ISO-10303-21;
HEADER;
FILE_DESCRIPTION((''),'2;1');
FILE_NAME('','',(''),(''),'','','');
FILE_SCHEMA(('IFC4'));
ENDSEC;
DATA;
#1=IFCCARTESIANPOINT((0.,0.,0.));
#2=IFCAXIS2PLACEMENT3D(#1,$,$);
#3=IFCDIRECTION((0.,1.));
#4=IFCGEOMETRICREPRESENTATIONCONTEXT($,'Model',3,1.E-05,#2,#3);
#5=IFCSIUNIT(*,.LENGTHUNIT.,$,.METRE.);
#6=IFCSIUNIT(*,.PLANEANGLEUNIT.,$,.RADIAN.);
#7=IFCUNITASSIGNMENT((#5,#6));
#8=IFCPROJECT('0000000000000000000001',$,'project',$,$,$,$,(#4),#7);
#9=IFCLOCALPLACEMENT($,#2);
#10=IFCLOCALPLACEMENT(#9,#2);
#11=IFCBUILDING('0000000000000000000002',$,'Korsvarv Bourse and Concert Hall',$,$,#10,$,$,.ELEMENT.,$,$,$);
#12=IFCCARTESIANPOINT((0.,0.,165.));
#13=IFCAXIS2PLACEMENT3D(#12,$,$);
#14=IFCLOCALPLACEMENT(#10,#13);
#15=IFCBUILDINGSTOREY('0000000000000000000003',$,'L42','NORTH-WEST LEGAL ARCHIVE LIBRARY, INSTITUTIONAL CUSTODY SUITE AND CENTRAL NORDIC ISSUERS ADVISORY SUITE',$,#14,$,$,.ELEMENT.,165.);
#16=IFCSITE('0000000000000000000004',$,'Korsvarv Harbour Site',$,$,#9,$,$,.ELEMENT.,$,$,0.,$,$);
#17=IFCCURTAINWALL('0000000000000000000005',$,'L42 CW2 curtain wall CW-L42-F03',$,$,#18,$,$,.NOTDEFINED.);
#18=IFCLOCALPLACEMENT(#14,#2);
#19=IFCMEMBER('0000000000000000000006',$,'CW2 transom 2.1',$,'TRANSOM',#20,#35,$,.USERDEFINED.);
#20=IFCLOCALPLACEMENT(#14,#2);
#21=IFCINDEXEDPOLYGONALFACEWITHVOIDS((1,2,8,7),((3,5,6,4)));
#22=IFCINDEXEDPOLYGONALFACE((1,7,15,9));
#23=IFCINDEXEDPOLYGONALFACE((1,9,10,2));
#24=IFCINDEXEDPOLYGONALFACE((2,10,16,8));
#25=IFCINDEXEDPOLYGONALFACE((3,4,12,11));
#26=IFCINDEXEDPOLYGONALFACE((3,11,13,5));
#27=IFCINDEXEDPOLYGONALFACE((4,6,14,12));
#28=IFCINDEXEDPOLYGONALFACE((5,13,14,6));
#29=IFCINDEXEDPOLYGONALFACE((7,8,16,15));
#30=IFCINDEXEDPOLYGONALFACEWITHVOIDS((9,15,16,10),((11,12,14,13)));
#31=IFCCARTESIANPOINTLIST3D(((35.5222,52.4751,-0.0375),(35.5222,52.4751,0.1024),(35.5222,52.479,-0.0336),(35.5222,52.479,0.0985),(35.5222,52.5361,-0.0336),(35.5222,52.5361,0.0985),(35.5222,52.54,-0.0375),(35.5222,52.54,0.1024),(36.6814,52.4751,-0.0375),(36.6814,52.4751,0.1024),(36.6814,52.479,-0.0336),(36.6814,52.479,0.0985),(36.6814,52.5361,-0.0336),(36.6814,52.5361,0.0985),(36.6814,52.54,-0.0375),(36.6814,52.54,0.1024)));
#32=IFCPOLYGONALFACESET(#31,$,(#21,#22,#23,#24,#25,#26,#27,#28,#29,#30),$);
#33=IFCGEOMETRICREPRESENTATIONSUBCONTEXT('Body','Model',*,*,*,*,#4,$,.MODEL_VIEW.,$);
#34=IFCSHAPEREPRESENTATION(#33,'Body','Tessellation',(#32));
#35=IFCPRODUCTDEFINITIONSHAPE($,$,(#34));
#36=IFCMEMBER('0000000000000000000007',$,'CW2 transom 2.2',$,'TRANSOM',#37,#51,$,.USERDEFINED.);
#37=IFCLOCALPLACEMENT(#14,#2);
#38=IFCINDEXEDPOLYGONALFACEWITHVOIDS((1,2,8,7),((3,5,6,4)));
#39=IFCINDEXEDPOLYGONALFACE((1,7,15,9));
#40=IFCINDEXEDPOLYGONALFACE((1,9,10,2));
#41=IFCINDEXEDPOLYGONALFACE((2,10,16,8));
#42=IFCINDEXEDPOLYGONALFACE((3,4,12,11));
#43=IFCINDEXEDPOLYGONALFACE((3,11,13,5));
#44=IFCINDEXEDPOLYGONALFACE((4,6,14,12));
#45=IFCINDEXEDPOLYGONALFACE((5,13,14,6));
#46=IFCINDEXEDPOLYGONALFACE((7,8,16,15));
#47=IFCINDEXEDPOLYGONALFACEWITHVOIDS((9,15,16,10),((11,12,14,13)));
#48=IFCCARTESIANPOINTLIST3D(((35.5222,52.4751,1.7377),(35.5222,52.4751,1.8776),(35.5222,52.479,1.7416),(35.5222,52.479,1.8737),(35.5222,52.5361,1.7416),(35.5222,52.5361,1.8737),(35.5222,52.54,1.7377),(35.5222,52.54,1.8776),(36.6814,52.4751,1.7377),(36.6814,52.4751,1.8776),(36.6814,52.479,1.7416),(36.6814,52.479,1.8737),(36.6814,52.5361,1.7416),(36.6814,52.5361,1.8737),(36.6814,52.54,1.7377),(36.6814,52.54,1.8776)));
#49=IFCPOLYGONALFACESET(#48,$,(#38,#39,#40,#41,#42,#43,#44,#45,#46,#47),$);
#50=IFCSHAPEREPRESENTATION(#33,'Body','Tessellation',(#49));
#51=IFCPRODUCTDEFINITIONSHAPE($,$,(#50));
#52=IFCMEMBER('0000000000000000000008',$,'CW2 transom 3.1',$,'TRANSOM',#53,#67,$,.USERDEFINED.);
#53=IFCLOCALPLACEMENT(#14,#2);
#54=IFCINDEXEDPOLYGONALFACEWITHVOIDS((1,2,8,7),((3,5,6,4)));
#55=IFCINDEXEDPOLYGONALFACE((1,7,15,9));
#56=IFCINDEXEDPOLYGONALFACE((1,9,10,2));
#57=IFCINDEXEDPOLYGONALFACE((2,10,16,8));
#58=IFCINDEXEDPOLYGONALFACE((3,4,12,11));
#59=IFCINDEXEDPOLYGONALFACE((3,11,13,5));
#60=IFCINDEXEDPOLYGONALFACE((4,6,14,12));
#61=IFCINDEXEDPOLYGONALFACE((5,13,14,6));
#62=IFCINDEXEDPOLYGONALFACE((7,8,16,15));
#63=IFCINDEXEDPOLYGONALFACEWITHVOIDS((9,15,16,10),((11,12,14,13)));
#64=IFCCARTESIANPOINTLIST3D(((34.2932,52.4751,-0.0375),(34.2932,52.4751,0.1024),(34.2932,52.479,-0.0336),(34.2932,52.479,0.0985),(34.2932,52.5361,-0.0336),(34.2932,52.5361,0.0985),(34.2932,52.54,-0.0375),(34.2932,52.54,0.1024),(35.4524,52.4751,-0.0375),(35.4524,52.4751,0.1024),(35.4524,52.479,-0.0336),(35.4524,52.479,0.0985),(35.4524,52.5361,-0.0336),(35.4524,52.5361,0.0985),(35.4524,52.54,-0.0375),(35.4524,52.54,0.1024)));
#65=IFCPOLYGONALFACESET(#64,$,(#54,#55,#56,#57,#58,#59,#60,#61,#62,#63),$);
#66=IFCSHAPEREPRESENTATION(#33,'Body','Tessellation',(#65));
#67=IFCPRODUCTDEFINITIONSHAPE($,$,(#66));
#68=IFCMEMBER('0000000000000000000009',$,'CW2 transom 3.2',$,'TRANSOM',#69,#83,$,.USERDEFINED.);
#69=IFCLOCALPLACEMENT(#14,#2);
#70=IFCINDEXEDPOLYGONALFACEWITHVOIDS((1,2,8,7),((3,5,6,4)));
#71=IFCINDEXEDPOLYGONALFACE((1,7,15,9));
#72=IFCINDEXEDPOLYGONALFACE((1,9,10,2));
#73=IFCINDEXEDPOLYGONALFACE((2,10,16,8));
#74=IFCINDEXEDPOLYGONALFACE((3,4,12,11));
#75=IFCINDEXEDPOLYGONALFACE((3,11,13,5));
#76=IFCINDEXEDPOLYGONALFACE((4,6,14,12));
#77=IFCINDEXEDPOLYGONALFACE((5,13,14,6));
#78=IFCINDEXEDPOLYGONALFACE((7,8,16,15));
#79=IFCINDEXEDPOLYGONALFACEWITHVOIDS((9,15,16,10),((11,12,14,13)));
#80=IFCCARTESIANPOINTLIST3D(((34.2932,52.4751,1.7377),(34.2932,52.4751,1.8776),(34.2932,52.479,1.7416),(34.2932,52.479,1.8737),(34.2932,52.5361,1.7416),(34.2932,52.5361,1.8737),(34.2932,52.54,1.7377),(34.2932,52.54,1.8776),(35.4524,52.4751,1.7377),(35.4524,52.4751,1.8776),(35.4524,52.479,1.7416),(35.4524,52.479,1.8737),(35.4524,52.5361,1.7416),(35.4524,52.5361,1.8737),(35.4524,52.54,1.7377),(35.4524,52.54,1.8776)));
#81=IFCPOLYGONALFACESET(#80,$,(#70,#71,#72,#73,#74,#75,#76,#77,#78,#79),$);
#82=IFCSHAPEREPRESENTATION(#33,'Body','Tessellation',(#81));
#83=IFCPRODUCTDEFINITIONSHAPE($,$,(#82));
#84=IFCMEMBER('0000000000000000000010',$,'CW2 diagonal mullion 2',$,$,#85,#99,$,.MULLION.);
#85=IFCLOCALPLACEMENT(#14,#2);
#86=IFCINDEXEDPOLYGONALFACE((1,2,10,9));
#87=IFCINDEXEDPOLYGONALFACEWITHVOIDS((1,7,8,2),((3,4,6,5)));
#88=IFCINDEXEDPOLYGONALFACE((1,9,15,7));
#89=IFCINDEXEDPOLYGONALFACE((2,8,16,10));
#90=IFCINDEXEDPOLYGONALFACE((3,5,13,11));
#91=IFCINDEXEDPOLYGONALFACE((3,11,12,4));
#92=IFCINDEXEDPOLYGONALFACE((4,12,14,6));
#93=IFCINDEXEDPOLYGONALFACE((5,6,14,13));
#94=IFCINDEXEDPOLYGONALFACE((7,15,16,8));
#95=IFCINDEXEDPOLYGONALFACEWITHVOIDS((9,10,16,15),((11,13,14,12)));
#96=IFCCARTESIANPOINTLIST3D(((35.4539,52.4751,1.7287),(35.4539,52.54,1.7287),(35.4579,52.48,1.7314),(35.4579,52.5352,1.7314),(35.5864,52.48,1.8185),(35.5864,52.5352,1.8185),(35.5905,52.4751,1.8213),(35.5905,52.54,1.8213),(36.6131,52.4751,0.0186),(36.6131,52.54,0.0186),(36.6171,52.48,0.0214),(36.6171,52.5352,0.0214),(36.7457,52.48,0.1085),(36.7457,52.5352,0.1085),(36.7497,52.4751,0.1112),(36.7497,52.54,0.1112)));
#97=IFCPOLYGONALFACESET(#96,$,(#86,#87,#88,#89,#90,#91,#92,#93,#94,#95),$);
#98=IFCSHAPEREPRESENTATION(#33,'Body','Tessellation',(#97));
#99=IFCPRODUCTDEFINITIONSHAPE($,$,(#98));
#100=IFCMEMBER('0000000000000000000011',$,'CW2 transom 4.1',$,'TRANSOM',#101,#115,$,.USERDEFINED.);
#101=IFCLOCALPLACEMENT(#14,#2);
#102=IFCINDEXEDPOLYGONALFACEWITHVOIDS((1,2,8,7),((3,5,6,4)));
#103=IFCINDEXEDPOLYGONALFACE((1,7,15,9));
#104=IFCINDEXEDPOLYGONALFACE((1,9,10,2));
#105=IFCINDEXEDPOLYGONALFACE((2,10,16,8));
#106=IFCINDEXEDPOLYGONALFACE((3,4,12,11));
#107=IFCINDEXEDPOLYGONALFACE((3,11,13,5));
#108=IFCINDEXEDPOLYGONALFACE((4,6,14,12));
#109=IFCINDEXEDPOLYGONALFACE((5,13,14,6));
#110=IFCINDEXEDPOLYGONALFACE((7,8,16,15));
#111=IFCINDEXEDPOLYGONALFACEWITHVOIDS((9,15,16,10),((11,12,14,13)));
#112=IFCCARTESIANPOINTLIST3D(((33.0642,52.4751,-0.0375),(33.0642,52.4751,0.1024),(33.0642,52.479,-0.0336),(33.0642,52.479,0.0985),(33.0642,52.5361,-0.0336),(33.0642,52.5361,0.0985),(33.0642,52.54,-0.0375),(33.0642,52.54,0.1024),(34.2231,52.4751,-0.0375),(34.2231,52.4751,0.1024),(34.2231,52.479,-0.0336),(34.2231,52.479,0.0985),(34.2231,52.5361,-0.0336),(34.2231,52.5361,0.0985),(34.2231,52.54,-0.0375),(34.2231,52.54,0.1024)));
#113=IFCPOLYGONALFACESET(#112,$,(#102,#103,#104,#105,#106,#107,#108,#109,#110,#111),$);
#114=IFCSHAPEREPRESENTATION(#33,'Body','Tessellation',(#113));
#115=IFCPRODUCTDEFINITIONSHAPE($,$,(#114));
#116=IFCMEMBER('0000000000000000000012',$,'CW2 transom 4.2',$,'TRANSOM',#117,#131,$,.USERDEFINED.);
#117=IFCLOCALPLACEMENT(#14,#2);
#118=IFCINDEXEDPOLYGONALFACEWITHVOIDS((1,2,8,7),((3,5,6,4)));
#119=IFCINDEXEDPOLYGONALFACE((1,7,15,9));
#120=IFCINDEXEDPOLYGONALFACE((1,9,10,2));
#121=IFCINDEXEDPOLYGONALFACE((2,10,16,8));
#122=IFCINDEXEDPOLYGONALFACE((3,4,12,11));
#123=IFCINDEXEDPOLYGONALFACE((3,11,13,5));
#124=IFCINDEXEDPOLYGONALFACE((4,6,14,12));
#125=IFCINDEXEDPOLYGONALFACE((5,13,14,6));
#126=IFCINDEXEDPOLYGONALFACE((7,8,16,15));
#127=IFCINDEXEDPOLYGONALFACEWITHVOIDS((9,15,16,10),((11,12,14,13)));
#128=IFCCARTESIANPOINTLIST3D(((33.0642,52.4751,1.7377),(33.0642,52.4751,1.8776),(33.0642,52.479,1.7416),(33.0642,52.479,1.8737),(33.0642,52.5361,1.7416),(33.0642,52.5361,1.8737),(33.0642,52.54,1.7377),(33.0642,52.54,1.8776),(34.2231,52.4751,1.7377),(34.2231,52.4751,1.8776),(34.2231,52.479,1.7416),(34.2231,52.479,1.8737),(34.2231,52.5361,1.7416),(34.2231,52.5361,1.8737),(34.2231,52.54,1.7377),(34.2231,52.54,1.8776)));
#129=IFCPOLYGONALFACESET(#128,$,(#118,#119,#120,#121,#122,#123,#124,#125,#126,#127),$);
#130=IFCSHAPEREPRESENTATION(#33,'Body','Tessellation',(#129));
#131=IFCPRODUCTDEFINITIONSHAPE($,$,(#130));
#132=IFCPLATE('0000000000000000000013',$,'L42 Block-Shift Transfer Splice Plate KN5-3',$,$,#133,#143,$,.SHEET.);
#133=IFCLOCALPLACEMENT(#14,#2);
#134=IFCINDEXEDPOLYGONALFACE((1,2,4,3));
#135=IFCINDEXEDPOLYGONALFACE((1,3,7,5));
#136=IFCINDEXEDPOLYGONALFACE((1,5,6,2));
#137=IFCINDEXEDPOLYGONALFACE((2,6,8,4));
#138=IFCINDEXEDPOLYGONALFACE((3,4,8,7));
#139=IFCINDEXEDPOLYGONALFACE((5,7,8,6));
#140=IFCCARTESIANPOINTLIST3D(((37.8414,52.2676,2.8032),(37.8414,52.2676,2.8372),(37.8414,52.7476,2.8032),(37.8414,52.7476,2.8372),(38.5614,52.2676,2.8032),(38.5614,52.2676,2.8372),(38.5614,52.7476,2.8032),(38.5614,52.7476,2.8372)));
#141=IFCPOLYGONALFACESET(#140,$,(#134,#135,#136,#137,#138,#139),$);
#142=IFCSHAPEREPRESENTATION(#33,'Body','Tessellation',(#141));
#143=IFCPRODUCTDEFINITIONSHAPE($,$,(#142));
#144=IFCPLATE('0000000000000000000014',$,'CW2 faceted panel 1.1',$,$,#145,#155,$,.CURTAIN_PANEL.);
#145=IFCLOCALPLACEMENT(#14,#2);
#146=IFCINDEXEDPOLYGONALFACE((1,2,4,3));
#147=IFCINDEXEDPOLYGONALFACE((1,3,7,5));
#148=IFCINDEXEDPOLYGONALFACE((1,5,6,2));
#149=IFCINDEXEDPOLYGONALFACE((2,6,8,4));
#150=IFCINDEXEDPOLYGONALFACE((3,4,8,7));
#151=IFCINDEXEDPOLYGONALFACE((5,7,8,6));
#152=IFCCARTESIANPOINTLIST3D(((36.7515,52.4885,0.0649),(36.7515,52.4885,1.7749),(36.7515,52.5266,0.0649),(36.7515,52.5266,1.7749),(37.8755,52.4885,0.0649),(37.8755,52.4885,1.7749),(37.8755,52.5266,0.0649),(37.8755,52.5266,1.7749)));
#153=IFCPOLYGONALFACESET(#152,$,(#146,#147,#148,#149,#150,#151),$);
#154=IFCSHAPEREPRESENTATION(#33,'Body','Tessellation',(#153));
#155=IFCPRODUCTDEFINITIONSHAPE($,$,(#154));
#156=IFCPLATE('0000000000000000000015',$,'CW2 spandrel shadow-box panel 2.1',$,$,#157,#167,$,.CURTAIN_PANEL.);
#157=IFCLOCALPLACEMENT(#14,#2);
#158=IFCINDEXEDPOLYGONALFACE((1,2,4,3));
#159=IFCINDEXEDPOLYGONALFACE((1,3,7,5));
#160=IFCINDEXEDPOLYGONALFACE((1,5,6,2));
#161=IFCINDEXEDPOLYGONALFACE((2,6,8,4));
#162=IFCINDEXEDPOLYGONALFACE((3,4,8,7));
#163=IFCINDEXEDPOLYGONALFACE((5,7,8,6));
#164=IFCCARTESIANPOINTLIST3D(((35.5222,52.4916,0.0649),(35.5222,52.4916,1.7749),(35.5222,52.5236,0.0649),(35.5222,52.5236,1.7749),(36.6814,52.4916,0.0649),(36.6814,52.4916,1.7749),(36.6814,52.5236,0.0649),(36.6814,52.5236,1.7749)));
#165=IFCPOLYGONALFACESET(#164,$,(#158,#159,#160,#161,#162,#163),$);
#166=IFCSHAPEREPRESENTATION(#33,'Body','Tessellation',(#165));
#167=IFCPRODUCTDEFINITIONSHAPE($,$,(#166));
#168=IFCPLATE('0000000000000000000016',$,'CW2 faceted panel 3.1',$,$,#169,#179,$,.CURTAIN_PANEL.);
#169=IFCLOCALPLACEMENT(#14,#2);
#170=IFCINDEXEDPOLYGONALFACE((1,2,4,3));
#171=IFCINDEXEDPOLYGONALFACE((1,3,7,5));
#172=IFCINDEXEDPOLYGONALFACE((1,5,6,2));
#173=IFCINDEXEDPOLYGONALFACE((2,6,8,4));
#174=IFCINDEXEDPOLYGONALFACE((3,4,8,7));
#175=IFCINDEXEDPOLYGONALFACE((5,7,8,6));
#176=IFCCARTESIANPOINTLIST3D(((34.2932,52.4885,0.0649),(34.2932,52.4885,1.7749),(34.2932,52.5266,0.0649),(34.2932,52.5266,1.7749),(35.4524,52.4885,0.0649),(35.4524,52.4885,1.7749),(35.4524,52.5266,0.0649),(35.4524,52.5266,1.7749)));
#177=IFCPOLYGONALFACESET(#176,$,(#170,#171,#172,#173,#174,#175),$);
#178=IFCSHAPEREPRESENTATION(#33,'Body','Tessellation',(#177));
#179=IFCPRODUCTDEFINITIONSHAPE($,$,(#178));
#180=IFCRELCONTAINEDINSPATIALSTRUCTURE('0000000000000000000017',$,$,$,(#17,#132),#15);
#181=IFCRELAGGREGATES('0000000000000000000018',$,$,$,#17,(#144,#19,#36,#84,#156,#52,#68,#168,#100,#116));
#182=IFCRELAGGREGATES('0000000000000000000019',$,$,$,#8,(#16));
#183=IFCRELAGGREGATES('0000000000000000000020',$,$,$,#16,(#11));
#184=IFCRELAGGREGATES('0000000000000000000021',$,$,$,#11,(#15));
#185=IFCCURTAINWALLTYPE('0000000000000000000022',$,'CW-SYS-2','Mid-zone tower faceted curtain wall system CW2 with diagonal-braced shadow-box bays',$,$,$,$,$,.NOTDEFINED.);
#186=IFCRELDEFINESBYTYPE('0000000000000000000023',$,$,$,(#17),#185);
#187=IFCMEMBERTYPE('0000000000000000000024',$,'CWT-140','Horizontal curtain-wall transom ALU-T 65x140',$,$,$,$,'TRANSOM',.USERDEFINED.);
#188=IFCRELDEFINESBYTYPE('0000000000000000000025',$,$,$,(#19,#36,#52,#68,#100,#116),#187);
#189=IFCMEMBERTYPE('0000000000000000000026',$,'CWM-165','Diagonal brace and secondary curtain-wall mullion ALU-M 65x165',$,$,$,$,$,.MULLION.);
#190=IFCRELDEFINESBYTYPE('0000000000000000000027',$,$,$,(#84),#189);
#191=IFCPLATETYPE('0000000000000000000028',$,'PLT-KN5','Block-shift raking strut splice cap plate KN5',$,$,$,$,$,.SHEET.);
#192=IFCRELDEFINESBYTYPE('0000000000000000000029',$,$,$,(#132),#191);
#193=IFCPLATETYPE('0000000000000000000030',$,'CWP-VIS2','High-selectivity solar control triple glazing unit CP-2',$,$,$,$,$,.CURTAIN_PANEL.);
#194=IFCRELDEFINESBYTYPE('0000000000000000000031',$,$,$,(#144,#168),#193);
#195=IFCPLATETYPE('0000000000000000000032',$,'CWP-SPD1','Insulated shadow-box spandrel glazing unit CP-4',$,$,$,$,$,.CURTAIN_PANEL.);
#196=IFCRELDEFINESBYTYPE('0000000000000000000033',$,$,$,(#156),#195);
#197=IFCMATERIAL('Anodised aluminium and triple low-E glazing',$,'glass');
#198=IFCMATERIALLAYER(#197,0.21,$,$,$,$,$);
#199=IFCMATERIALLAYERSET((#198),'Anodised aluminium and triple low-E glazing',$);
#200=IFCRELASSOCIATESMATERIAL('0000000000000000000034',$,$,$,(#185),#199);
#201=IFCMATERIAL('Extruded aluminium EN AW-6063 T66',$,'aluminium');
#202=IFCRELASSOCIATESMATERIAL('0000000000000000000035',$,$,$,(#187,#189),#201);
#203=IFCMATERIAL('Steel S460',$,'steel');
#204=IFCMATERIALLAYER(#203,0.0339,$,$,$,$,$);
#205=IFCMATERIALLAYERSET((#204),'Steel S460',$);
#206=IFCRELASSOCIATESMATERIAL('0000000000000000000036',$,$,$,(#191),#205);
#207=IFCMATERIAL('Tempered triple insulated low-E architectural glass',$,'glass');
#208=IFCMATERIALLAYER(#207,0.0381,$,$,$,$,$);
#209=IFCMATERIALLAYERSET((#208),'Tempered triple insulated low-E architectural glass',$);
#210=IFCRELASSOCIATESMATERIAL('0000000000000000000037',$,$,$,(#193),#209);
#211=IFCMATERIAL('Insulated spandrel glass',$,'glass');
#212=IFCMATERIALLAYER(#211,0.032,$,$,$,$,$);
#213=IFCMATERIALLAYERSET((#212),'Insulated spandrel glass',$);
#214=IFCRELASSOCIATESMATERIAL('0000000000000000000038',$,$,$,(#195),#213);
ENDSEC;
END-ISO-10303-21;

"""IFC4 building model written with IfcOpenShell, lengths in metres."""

from ifc_helpers import new_model, si_unit, direction, frame, origin, origin_2d, place, context, subcontext, project, spatial, rectangle, hollow_rectangle, extrude, source, transform, mapped, material, layer, layer_set, material_profile, profile_set, type_object, element, aggregate, save


model = new_model("IFC4")

# Units and contexts
model_context = context("Model", 3, precision=1e-05, world=origin(), true_north=direction((0.0, 1.0)))
body_context = subcontext(model_context, "Body", "Model", "MODEL_VIEW")
ifc_project = project(units=[si_unit("LENGTHUNIT", "METRE"), si_unit("PLANEANGLEUNIT", "RADIAN")], contexts=[model_context])

# Site, building, storey
site_placement = place(None, origin())
site = spatial("IfcSite", under=ifc_project, at=site_placement, Name="Korsvarv Harbour Site", CompositionType="ELEMENT", RefElevation=0.0)
building_placement = place(site_placement, origin())
building = spatial("IfcBuilding", under=site, at=building_placement, Name="Korsvarv Bourse and Concert Hall", CompositionType="ELEMENT")
storey_placement = place(building_placement, frame((0.0, 0.0, 165.0)))
storey = spatial("IfcBuildingStorey", under=building, at=storey_placement, Name="L42", Description="NORTH-WEST LEGAL ARCHIVE LIBRARY, INSTITUTIONAL CUSTODY SUITE AND CENTRAL NORDIC ISSUERS ADVISORY SUITE", CompositionType="ELEMENT", Elevation=165.0)

# Curtain wall, members
ifc_material_1 = material(Name="Anodised aluminium and triple low-E glazing", Category="glass")
ifc_layer_1 = layer(ifc_material_1, 0.21)
ifc_layer_set_1 = layer_set([ifc_layer_1], Name="Anodised aluminium and triple low-E glazing")
curtain_wall_type = type_object("IfcCurtainWallType", Name="CW-SYS-2", Description="Mid-zone tower faceted curtain wall system CW2 with diagonal-braced shadow-box bays", PredefinedType="NOTDEFINED", material=ifc_layer_set_1)
curtain_wall_placement = place(storey_placement, origin())
curtain_wall = element("IfcCurtainWall", 1, at=curtain_wall_placement, inside=storey, type_object=curtain_wall_type, Name="L42 CW2 curtain wall CW-L42-F03", PredefinedType="NOTDEFINED")
ifc_material_2 = material(Name="Extruded aluminium EN AW-6063 T66", Category="aluminium")
ifc_material_profile_1 = material_profile(ifc_material_2, hollow_rectangle(XDim=0.0649, YDim=0.1399, WallThickness=0.0039, at=origin_2d()), Name="ALU-T 65x140")
ifc_profile_set_1 = profile_set([ifc_material_profile_1], Name="Extruded aluminium EN AW-6063 T66")
member_type_1 = type_object("IfcMemberType", Name="CWT-140", Description="Horizontal curtain-wall transom ALU-T 65x140", ElementType="TRANSOM", PredefinedType="USERDEFINED", material=ifc_profile_set_1)
shared_shape_1 = source(origin(), body_context, "Body", "SweptSolid", [
    extrude(hollow_rectangle(XDim=0.0649, YDim=0.1399, WallThickness=0.0039, at=origin_2d()), origin(), (0.0, 0.0, 1.0), 1.1592),
])
member_1_placement = place(storey_placement, frame((36.6814, 52.5076, 0.0325), z_axis=(-1.0, 0.0, 0.0), x_axis=(0.0, -1.0, 0.0)))
member_1 = element("IfcMember", 2, at=member_1_placement, type_object=member_type_1, Name="CW2 transom 2.1", ObjectType="TRANSOM", PredefinedType="USERDEFINED", context=body_context, shape_type="MappedRepresentation", body=[
    mapped(shared_shape_1, transform((0.0, 0.0, 0.0), scale=1.0)),
])
member_2_placement = place(storey_placement, frame((36.6814, 52.5076, 1.8076), z_axis=(-1.0, 0.0, 0.0), x_axis=(0.0, -1.0, 0.0)))
member_2 = element("IfcMember", 3, at=member_2_placement, type_object=member_type_1, Name="CW2 transom 2.2", ObjectType="TRANSOM", PredefinedType="USERDEFINED", context=body_context, shape_type="MappedRepresentation", body=[
    mapped(shared_shape_1, transform((0.0, 0.0, 0.0), scale=1.0)),
])
member_3_placement = place(storey_placement, frame((35.4524, 52.5076, 0.0325), z_axis=(-1.0, 0.0, 0.0), x_axis=(0.0, -1.0, 0.0)))
member_3 = element("IfcMember", 4, at=member_3_placement, type_object=member_type_1, Name="CW2 transom 3.1", ObjectType="TRANSOM", PredefinedType="USERDEFINED", context=body_context, shape_type="MappedRepresentation", body=[
    mapped(shared_shape_1, transform((0.0, 0.0, 0.0), scale=1.0)),
])
member_4_placement = place(storey_placement, frame((35.4524, 52.5076, 1.8076), z_axis=(-1.0, 0.0, 0.0), x_axis=(0.0, -1.0, 0.0)))
member_4 = element("IfcMember", 5, at=member_4_placement, type_object=member_type_1, Name="CW2 transom 3.2", ObjectType="TRANSOM", PredefinedType="USERDEFINED", context=body_context, shape_type="MappedRepresentation", body=[
    mapped(shared_shape_1, transform((0.0, 0.0, 0.0), scale=1.0)),
])
ifc_material_profile_2 = material_profile(ifc_material_2, hollow_rectangle(XDim=0.0649, YDim=0.165, WallThickness=0.0049, at=origin_2d()), Name="ALU-M 65x165")
ifc_profile_set_2 = profile_set([ifc_material_profile_2], Name="Extruded aluminium EN AW-6063 T66")
member_type_2 = type_object("IfcMemberType", Name="CWM-165", Description="Diagonal brace and secondary curtain-wall mullion ALU-M 65x165", PredefinedType="MULLION", material=ifc_profile_set_2)
shared_shape_2 = source(origin(), body_context, "Body", "SweptSolid", [
    extrude(hollow_rectangle(XDim=0.0649, YDim=0.165, WallThickness=0.0049, at=origin_2d()), origin(), (0.0, 0.0, 1.0), 2.0659),
])
member_5_placement = place(storey_placement, frame((36.6814, 52.5076, 0.0649), z_axis=(-0.56112, 0.0, 0.827735), x_axis=(0.0, -1.0, 0.0)))
member_5 = element("IfcMember", 6, at=member_5_placement, type_object=member_type_2, Name="CW2 diagonal mullion 2", PredefinedType="MULLION", context=body_context, shape_type="MappedRepresentation", body=[
    mapped(shared_shape_2, transform((0.0, 0.0, 0.0), scale=1.0)),
])
shared_shape_3 = source(origin(), body_context, "Body", "SweptSolid", [
    extrude(hollow_rectangle(XDim=0.0649, YDim=0.1399, WallThickness=0.0039, at=origin_2d()), origin(), (0.0, 0.0, 1.0), 1.1589),
])
member_6_placement = place(storey_placement, frame((34.2231, 52.5076, 0.0325), z_axis=(-1.0, 0.0, 0.0), x_axis=(0.0, -1.0, 0.0)))
member_6 = element("IfcMember", 7, at=member_6_placement, type_object=member_type_1, Name="CW2 transom 4.1", ObjectType="TRANSOM", PredefinedType="USERDEFINED", context=body_context, shape_type="MappedRepresentation", body=[
    mapped(shared_shape_3, transform((0.0, 0.0, 0.0), scale=1.0)),
])
member_7_placement = place(storey_placement, frame((34.2231, 52.5076, 1.8076), z_axis=(-1.0, 0.0, 0.0), x_axis=(0.0, -1.0, 0.0)))
member_7 = element("IfcMember", 8, at=member_7_placement, type_object=member_type_1, Name="CW2 transom 4.2", ObjectType="TRANSOM", PredefinedType="USERDEFINED", context=body_context, shape_type="MappedRepresentation", body=[
    mapped(shared_shape_3, transform((0.0, 0.0, 0.0), scale=1.0)),
])

# Plates
ifc_material_3 = material(Name="Steel S460", Category="steel")
ifc_layer_2 = layer(ifc_material_3, 0.0339)
ifc_layer_set_2 = layer_set([ifc_layer_2], Name="Steel S460")
plate_type_1 = type_object("IfcPlateType", Name="PLT-KN5", Description="Block-shift raking strut splice cap plate KN5", PredefinedType="SHEET", material=ifc_layer_set_2)
shared_shape_4 = source(origin(), body_context, "Body", "SweptSolid", [
    extrude(rectangle(XDim=0.72, YDim=0.48, at=origin_2d()), origin(), (0.0, 0.0, 1.0), 0.0339),
])
plate_1_placement = place(storey_placement, frame((38.2014, 52.5076, 2.8032), z_axis=(0.0, 0.0, 1.0), x_axis=(1.0, 0.0, 0.0)))
element("IfcPlate", 9, at=plate_1_placement, inside=storey, type_object=plate_type_1, Name="L42 Block-Shift Transfer Splice Plate KN5-3", PredefinedType="SHEET", context=body_context, shape_type="MappedRepresentation", body=[
    mapped(shared_shape_4, transform((0.0, 0.0, 0.0), scale=1.0)),
])
ifc_material_4 = material(Name="Tempered triple insulated low-E architectural glass", Category="glass")
ifc_layer_3 = layer(ifc_material_4, 0.0381)
ifc_layer_set_3 = layer_set([ifc_layer_3], Name="Tempered triple insulated low-E architectural glass")
plate_type_2 = type_object("IfcPlateType", Name="CWP-VIS2", Description="High-selectivity solar control triple glazing unit CP-2", PredefinedType="CURTAIN_PANEL", material=ifc_layer_set_3)
shared_shape_5 = source(origin(), body_context, "Body", "SweptSolid", [
    extrude(rectangle(XDim=1.124, YDim=0.0381, at=origin_2d()), origin(), (0.0, 0.0, 1.0), 1.71),
])
plate_2_placement = place(storey_placement, frame((37.3135, 52.5076, 0.0649), z_axis=(0.0, 0.0, 1.0), x_axis=(-1.0, 0.0, 0.0)))
plate_2 = element("IfcPlate", 10, at=plate_2_placement, type_object=plate_type_2, Name="CW2 faceted panel 1.1", PredefinedType="CURTAIN_PANEL", context=body_context, shape_type="MappedRepresentation", body=[
    mapped(shared_shape_5, transform((0.0, 0.0, 0.0), scale=1.0)),
])
ifc_material_5 = material(Name="Insulated spandrel glass", Category="glass")
ifc_layer_4 = layer(ifc_material_5, 0.032)
ifc_layer_set_4 = layer_set([ifc_layer_4], Name="Insulated spandrel glass")
plate_type_3 = type_object("IfcPlateType", Name="CWP-SPD1", Description="Insulated shadow-box spandrel glazing unit CP-4", PredefinedType="CURTAIN_PANEL", material=ifc_layer_set_4)
shared_shape_6 = source(origin(), body_context, "Body", "SweptSolid", [
    extrude(rectangle(XDim=1.1592, YDim=0.032, at=origin_2d()), origin(), (0.0, 0.0, 1.0), 1.71),
])
plate_3_placement = place(storey_placement, frame((36.1018, 52.5076, 0.0649), z_axis=(0.0, 0.0, 1.0), x_axis=(-1.0, 0.0, 0.0)))
plate_3 = element("IfcPlate", 11, at=plate_3_placement, type_object=plate_type_3, Name="CW2 spandrel shadow-box panel 2.1", PredefinedType="CURTAIN_PANEL", context=body_context, shape_type="MappedRepresentation", body=[
    mapped(shared_shape_6, transform((0.0, 0.0, 0.0), scale=1.0)),
])
shared_shape_7 = source(origin(), body_context, "Body", "SweptSolid", [
    extrude(rectangle(XDim=1.1592, YDim=0.0381, at=origin_2d()), origin(), (0.0, 0.0, 1.0), 1.71),
])
plate_4_placement = place(storey_placement, frame((34.8728, 52.5076, 0.0649), z_axis=(0.0, 0.0, 1.0), x_axis=(-1.0, 0.0, 0.0)))
plate_4 = element("IfcPlate", 12, at=plate_4_placement, type_object=plate_type_2, Name="CW2 faceted panel 3.1", PredefinedType="CURTAIN_PANEL", context=body_context, shape_type="MappedRepresentation", body=[
    mapped(shared_shape_7, transform((0.0, 0.0, 0.0), scale=1.0)),
])
aggregate(curtain_wall, [plate_2, member_1, member_2, member_5, plate_3, member_3, member_4, plate_4, member_6, member_7])

save(model, "model.ifc")
